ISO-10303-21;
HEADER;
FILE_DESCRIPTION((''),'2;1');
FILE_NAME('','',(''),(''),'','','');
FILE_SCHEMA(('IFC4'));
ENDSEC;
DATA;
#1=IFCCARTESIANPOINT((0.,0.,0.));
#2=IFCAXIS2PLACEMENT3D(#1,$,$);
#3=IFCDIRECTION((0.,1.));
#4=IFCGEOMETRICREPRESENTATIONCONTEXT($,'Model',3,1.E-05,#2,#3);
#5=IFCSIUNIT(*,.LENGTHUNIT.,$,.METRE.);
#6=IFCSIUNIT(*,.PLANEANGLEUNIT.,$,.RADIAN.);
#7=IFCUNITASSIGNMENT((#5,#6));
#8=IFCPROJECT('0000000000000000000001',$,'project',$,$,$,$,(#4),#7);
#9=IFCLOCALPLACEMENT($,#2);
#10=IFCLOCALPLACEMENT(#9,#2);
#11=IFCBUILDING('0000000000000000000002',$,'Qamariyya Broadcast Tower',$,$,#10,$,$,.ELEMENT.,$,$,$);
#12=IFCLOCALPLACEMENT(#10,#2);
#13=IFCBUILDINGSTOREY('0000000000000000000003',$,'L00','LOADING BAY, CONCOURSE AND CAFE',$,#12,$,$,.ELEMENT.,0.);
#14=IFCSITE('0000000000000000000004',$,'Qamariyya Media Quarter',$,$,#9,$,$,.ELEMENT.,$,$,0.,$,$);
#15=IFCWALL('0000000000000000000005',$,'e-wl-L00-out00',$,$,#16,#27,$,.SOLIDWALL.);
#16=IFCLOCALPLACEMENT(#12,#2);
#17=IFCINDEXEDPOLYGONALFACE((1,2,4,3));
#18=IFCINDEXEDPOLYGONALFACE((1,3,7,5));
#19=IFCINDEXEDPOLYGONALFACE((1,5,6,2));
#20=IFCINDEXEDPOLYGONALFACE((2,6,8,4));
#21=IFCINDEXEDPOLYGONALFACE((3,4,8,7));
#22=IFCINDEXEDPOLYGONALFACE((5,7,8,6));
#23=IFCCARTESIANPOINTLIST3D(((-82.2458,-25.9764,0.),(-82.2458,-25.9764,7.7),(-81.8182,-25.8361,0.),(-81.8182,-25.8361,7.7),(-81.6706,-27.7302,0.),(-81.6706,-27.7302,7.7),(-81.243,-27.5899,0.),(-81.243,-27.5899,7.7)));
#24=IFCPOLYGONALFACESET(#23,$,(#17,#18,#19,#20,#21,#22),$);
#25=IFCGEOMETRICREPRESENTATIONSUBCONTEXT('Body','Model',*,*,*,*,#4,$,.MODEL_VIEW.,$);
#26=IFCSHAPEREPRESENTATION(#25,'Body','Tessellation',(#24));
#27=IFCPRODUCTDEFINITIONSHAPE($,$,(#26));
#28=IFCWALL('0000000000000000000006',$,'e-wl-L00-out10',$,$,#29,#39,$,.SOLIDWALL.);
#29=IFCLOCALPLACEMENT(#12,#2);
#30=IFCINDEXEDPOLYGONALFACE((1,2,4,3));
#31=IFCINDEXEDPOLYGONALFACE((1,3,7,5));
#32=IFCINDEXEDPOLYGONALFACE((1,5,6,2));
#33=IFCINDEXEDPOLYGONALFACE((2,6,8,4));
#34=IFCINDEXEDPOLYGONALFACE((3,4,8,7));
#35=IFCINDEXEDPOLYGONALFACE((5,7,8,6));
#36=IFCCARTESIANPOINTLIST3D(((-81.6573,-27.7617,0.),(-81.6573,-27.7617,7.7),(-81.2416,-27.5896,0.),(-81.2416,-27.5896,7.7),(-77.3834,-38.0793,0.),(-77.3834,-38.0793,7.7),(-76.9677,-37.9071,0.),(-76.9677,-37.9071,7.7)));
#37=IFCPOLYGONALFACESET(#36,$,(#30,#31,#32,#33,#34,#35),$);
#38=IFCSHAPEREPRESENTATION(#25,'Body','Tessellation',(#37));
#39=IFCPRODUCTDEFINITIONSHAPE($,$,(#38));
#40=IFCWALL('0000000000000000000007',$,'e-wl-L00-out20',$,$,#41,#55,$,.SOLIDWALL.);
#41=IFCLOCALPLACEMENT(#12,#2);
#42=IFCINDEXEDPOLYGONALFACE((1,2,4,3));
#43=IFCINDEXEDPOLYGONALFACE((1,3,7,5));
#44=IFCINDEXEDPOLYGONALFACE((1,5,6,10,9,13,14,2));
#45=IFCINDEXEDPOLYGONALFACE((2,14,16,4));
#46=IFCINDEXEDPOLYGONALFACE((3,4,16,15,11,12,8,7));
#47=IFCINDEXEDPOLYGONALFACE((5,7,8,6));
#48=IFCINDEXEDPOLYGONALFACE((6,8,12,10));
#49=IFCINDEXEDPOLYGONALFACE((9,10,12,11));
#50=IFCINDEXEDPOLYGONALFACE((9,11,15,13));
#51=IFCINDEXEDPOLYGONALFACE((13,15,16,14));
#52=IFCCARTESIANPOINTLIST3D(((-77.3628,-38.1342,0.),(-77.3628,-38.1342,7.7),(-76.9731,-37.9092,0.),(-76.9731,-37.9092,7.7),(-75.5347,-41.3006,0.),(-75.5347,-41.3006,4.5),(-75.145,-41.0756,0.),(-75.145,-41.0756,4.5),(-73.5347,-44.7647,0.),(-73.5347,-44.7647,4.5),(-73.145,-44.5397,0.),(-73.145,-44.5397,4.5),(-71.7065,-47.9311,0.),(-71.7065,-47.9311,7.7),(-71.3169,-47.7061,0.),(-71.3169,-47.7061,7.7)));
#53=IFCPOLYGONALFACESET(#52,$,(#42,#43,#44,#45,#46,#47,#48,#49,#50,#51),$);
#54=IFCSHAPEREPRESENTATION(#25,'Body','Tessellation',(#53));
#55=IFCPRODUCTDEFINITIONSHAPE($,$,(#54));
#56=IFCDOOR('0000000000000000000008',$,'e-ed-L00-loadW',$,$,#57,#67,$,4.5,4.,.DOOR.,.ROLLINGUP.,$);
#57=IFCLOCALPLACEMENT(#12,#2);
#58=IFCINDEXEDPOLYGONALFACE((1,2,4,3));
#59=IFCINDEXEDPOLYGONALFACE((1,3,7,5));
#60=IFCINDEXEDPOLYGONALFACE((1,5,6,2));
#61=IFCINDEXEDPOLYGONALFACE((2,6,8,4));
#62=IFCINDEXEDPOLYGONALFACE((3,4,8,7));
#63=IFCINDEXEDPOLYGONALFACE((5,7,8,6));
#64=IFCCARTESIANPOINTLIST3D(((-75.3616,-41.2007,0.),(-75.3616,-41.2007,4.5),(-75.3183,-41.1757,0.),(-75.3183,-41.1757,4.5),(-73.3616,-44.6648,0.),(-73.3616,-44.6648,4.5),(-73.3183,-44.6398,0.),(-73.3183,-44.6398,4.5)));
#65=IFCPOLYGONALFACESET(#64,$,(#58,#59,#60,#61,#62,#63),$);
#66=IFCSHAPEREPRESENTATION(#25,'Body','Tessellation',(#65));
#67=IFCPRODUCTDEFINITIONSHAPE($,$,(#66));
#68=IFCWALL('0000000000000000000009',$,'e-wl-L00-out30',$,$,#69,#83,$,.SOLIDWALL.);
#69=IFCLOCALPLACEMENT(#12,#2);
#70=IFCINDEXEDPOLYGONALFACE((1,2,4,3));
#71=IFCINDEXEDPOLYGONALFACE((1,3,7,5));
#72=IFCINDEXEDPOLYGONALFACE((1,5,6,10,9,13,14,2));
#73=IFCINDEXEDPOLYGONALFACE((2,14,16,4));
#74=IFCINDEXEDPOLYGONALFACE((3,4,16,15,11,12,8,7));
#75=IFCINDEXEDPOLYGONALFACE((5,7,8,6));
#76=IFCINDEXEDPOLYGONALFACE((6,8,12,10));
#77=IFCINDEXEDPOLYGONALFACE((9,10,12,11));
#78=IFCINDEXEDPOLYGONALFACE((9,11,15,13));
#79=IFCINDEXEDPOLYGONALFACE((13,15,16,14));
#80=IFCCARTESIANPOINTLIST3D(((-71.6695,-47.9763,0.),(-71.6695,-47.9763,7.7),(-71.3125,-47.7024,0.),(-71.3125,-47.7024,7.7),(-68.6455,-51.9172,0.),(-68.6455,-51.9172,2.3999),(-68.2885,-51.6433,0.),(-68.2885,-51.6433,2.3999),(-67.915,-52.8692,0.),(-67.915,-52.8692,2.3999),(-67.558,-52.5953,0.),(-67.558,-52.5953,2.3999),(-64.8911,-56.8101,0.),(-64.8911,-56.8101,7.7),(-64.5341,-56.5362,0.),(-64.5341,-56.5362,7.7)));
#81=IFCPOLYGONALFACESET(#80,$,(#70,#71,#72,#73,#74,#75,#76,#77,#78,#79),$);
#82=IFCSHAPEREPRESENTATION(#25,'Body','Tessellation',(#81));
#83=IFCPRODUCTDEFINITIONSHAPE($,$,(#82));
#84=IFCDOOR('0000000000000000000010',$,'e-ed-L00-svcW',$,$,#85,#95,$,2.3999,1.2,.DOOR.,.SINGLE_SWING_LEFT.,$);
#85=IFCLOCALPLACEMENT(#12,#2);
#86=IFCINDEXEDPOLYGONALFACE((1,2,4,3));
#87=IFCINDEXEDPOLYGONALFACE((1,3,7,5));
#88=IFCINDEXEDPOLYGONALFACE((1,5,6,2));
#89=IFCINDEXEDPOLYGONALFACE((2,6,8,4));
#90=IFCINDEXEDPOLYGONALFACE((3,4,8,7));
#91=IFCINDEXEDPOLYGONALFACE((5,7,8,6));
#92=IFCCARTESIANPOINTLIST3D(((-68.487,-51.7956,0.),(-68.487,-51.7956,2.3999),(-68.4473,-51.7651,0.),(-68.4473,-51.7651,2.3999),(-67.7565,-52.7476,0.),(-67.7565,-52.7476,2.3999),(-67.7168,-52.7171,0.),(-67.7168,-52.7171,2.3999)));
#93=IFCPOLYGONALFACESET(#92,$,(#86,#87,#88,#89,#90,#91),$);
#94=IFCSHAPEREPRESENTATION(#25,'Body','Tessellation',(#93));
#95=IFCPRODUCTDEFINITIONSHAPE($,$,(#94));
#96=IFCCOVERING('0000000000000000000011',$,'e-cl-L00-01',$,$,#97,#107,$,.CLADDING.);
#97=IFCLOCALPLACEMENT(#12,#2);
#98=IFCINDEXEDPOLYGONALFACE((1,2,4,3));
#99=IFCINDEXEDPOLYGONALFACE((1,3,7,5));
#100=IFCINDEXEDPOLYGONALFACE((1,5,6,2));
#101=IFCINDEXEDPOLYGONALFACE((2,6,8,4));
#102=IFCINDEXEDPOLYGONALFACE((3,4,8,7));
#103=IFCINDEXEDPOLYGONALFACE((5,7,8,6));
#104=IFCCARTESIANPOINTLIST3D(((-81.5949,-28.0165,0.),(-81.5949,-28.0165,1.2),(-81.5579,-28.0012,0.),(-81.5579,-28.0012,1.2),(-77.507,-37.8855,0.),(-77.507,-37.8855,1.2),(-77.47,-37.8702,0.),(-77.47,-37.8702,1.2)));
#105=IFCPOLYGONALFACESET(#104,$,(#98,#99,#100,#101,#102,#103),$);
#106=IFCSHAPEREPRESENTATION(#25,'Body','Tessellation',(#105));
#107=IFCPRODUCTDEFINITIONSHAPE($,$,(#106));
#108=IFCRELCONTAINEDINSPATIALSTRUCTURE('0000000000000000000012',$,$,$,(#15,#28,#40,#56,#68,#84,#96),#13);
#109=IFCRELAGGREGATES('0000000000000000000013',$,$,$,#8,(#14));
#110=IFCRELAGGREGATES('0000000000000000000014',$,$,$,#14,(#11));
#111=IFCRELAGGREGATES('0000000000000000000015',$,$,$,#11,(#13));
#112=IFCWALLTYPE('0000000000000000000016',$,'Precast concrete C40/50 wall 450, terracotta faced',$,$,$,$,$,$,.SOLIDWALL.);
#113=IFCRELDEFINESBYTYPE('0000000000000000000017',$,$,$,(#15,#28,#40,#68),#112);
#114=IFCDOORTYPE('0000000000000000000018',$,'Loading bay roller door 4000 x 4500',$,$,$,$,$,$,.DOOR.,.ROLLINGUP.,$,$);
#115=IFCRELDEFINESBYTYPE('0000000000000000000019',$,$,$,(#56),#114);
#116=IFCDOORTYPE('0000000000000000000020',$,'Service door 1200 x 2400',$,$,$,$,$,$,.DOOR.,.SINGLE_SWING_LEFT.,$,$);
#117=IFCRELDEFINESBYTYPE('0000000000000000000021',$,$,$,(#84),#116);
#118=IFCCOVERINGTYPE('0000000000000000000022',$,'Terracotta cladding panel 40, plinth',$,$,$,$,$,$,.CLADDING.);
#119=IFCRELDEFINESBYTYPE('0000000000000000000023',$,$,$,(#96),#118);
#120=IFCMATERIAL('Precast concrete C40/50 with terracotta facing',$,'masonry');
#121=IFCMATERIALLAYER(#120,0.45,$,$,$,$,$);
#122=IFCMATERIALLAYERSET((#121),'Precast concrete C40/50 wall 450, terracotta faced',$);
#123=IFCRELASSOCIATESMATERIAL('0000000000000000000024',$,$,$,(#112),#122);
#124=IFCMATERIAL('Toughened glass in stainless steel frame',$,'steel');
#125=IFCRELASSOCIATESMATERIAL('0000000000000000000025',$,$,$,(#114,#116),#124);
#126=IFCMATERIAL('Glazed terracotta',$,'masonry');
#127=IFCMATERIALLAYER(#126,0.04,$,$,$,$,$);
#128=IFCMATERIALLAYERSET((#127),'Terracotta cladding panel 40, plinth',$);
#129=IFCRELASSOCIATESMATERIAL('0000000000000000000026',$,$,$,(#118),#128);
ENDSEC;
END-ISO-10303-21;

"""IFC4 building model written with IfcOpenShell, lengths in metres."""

from ifc_helpers import new_model, si_unit, direction, frame, frame_2d, origin, origin_2d, place, context, subcontext, project, spatial, rectangle, extrude, material, layer, layer_set, type_object, element, fill, save


model = new_model("IFC4")

# Units and contexts
model_context = context("Model", 3, precision=1e-05, world=origin(), true_north=direction((0.0, 1.0)))
body_context = subcontext(model_context, "Body", "Model", "MODEL_VIEW")
ifc_project = project(units=[si_unit("LENGTHUNIT", "METRE"), si_unit("PLANEANGLEUNIT", "RADIAN")], contexts=[model_context])

# Site, building, storey
site_placement = place(None, origin())
site = spatial("IfcSite", under=ifc_project, at=site_placement, Name="Qamariyya Media Quarter", CompositionType="ELEMENT", RefElevation=0.0)
building_placement = place(site_placement, origin())
building = spatial("IfcBuilding", under=site, at=building_placement, Name="Qamariyya Broadcast Tower", CompositionType="ELEMENT")
storey_placement = place(building_placement, origin())
storey = spatial("IfcBuildingStorey", under=building, at=storey_placement, Name="L00", Description="LOADING BAY, CONCOURSE AND CAFE", CompositionType="ELEMENT", Elevation=0.0)

# Walls
ifc_material_1 = material(Name="Precast concrete C40/50 with terracotta facing", Category="masonry")
ifc_layer_1 = layer(ifc_material_1, 0.45)
ifc_layer_set_1 = layer_set([ifc_layer_1], Name="Precast concrete C40/50 wall 450, terracotta faced")
wall_type_1 = type_object("IfcWallType", Name="Precast concrete C40/50 wall 450, terracotta faced", PredefinedType="SOLIDWALL", material=ifc_layer_set_1)
wall_1_placement = place(storey_placement, frame((-82.032, -25.9062, 0.0), z_axis=(0.0, 0.0, 1.0), x_axis=(0.311621, -0.950206, 0.0)))
element("IfcWall", 1, at=wall_1_placement, inside=storey, type_object=wall_type_1, Name="e-wl-L00-out00", PredefinedType="SOLIDWALL", context=body_context, shape_type="SweptSolid", body=[
    extrude(rectangle(XDim=1.8457, YDim=0.45, at=frame_2d((0.9229, 0.0))), origin(), (0.0, 0.0, 1.0), 7.7),
])
wall_2_placement = place(storey_placement, frame((-81.4495, -27.6755, 0.0), z_axis=(0.0, 0.0, 1.0), x_axis=(0.382701, -0.923872, 0.0)))
element("IfcWall", 2, at=wall_2_placement, inside=storey, type_object=wall_type_1, Name="e-wl-L00-out10", PredefinedType="SOLIDWALL", context=body_context, shape_type="SweptSolid", body=[
    extrude(rectangle(XDim=11.1677, YDim=0.45, at=frame_2d((5.584, 0.0))), origin(), (0.0, 0.0, 1.0), 7.7),
])

# Walls, openings, doors
wall_3_placement = place(storey_placement, frame((-77.168, -38.0217, 0.0), z_axis=(0.0, 0.0, 1.0), x_axis=(0.500001, -0.866025, 0.0)))
wall_3 = element("IfcWall", 3, at=wall_3_placement, inside=storey, type_object=wall_type_1, Name="e-wl-L00-out20", PredefinedType="SOLIDWALL", context=body_context, shape_type="SweptSolid", body=[
    extrude(rectangle(XDim=11.3125, YDim=0.45, at=frame_2d((5.6562, 0.0))), origin(), (0.0, 0.0, 1.0), 7.7),
])
opening_1_placement = place(wall_3_placement, frame((3.6562, 0.0, 0.0)))
opening_1 = element("IfcOpeningElement", 4, at=opening_1_placement, cuts=wall_3, PredefinedType="OPENING", context=body_context, shape_type="SweptSolid", body=[
    extrude(rectangle(XDim=4.0, YDim=4.5, at=frame_2d((2.0, 2.25))), frame((0.0, 0.2349, 0.0), z_axis=(0.0, -1.0, 0.0), x_axis=(1.0, 0.0, 0.0)), (0.0, 0.0, 1.0), 0.47),
])
ifc_material_2 = material(Name="Toughened glass in stainless steel frame", Category="steel")
door_type_1 = type_object("IfcDoorType", Name="Loading bay roller door 4000 x 4500", OperationType="ROLLINGUP", PredefinedType="DOOR", material=ifc_material_2)
door_1_placement = place(opening_1_placement, origin())
door_1 = element("IfcDoor", 5, at=door_1_placement, inside=storey, type_object=door_type_1, Name="e-ed-L00-loadW", OperationType="ROLLINGUP", OverallHeight=4.5, OverallWidth=4.0, PredefinedType="DOOR", context=body_context, shape_type="SweptSolid", body=[
    extrude(rectangle(XDim=4.0, YDim=4.5, at=frame_2d((2.0, 2.25))), frame((0.0, 0.0249, 0.0), z_axis=(0.0, -1.0, 0.0), x_axis=(1.0, 0.0, 0.0)), (0.0, 0.0, 1.0), 0.05),
])
fill(opening_1, door_1)
wall_4_placement = place(storey_placement, frame((-71.491, -47.8394, 0.0), z_axis=(0.0, 0.0, 1.0), x_axis=(0.608759, -0.793355, 0.0)))
wall_4 = element("IfcWall", 6, at=wall_4_placement, inside=storey, type_object=wall_type_1, Name="e-wl-L00-out30", PredefinedType="SOLIDWALL", context=body_context, shape_type="SweptSolid", body=[
    extrude(rectangle(XDim=11.1348, YDim=0.45, at=frame_2d((5.5674, 0.0))), origin(), (0.0, 0.0, 1.0), 7.7),
])
opening_2_placement = place(wall_4_placement, frame((4.9673, 0.0, 0.0)))
opening_2 = element("IfcOpeningElement", 7, at=opening_2_placement, cuts=wall_4, PredefinedType="OPENING", context=body_context, shape_type="SweptSolid", body=[
    extrude(rectangle(XDim=1.2, YDim=2.3999, at=frame_2d((0.6001, 1.2))), frame((0.0, 0.2349, 0.0), z_axis=(0.0, -1.0, 0.0), x_axis=(1.0, 0.0, 0.0)), (0.0, 0.0, 1.0), 0.47),
])
door_type_2 = type_object("IfcDoorType", Name="Service door 1200 x 2400", OperationType="SINGLE_SWING_LEFT", PredefinedType="DOOR", material=ifc_material_2)
door_2_placement = place(opening_2_placement, origin())
door_2 = element("IfcDoor", 8, at=door_2_placement, inside=storey, type_object=door_type_2, Name="e-ed-L00-svcW", OperationType="SINGLE_SWING_LEFT", OverallHeight=2.3999, OverallWidth=1.2, PredefinedType="DOOR", context=body_context, shape_type="SweptSolid", body=[
    extrude(rectangle(XDim=1.2, YDim=2.3999, at=frame_2d((0.6001, 1.2))), frame((0.0, 0.0249, 0.0), z_axis=(0.0, -1.0, 0.0), x_axis=(1.0, 0.0, 0.0)), (0.0, 0.0, 1.0), 0.05),
])
fill(opening_2, door_2)

# Covering
ifc_material_3 = material(Name="Glazed terracotta", Category="masonry")
ifc_layer_2 = layer(ifc_material_3, 0.04)
ifc_layer_set_2 = layer_set([ifc_layer_2], Name="Terracotta cladding panel 40, plinth")
covering_type = type_object("IfcCoveringType", Name="Terracotta cladding panel 40, plinth", PredefinedType="CLADDING", material=ifc_layer_set_2)
covering_placement = place(storey_placement, frame((-79.5325, -32.9434, 0.0), z_axis=(0.0, 0.0, 1.0), x_axis=(0.382683, -0.92388, 0.0)))
element("IfcCovering", 9, at=covering_placement, inside=storey, type_object=covering_type, Name="e-cl-L00-01", PredefinedType="CLADDING", context=body_context, shape_type="SweptSolid", body=[
    extrude(rectangle(XDim=10.6821, YDim=0.04, at=origin_2d()), origin(), (0.0, 0.0, 1.0), 1.2),
])

save(model, "model.ifc")
